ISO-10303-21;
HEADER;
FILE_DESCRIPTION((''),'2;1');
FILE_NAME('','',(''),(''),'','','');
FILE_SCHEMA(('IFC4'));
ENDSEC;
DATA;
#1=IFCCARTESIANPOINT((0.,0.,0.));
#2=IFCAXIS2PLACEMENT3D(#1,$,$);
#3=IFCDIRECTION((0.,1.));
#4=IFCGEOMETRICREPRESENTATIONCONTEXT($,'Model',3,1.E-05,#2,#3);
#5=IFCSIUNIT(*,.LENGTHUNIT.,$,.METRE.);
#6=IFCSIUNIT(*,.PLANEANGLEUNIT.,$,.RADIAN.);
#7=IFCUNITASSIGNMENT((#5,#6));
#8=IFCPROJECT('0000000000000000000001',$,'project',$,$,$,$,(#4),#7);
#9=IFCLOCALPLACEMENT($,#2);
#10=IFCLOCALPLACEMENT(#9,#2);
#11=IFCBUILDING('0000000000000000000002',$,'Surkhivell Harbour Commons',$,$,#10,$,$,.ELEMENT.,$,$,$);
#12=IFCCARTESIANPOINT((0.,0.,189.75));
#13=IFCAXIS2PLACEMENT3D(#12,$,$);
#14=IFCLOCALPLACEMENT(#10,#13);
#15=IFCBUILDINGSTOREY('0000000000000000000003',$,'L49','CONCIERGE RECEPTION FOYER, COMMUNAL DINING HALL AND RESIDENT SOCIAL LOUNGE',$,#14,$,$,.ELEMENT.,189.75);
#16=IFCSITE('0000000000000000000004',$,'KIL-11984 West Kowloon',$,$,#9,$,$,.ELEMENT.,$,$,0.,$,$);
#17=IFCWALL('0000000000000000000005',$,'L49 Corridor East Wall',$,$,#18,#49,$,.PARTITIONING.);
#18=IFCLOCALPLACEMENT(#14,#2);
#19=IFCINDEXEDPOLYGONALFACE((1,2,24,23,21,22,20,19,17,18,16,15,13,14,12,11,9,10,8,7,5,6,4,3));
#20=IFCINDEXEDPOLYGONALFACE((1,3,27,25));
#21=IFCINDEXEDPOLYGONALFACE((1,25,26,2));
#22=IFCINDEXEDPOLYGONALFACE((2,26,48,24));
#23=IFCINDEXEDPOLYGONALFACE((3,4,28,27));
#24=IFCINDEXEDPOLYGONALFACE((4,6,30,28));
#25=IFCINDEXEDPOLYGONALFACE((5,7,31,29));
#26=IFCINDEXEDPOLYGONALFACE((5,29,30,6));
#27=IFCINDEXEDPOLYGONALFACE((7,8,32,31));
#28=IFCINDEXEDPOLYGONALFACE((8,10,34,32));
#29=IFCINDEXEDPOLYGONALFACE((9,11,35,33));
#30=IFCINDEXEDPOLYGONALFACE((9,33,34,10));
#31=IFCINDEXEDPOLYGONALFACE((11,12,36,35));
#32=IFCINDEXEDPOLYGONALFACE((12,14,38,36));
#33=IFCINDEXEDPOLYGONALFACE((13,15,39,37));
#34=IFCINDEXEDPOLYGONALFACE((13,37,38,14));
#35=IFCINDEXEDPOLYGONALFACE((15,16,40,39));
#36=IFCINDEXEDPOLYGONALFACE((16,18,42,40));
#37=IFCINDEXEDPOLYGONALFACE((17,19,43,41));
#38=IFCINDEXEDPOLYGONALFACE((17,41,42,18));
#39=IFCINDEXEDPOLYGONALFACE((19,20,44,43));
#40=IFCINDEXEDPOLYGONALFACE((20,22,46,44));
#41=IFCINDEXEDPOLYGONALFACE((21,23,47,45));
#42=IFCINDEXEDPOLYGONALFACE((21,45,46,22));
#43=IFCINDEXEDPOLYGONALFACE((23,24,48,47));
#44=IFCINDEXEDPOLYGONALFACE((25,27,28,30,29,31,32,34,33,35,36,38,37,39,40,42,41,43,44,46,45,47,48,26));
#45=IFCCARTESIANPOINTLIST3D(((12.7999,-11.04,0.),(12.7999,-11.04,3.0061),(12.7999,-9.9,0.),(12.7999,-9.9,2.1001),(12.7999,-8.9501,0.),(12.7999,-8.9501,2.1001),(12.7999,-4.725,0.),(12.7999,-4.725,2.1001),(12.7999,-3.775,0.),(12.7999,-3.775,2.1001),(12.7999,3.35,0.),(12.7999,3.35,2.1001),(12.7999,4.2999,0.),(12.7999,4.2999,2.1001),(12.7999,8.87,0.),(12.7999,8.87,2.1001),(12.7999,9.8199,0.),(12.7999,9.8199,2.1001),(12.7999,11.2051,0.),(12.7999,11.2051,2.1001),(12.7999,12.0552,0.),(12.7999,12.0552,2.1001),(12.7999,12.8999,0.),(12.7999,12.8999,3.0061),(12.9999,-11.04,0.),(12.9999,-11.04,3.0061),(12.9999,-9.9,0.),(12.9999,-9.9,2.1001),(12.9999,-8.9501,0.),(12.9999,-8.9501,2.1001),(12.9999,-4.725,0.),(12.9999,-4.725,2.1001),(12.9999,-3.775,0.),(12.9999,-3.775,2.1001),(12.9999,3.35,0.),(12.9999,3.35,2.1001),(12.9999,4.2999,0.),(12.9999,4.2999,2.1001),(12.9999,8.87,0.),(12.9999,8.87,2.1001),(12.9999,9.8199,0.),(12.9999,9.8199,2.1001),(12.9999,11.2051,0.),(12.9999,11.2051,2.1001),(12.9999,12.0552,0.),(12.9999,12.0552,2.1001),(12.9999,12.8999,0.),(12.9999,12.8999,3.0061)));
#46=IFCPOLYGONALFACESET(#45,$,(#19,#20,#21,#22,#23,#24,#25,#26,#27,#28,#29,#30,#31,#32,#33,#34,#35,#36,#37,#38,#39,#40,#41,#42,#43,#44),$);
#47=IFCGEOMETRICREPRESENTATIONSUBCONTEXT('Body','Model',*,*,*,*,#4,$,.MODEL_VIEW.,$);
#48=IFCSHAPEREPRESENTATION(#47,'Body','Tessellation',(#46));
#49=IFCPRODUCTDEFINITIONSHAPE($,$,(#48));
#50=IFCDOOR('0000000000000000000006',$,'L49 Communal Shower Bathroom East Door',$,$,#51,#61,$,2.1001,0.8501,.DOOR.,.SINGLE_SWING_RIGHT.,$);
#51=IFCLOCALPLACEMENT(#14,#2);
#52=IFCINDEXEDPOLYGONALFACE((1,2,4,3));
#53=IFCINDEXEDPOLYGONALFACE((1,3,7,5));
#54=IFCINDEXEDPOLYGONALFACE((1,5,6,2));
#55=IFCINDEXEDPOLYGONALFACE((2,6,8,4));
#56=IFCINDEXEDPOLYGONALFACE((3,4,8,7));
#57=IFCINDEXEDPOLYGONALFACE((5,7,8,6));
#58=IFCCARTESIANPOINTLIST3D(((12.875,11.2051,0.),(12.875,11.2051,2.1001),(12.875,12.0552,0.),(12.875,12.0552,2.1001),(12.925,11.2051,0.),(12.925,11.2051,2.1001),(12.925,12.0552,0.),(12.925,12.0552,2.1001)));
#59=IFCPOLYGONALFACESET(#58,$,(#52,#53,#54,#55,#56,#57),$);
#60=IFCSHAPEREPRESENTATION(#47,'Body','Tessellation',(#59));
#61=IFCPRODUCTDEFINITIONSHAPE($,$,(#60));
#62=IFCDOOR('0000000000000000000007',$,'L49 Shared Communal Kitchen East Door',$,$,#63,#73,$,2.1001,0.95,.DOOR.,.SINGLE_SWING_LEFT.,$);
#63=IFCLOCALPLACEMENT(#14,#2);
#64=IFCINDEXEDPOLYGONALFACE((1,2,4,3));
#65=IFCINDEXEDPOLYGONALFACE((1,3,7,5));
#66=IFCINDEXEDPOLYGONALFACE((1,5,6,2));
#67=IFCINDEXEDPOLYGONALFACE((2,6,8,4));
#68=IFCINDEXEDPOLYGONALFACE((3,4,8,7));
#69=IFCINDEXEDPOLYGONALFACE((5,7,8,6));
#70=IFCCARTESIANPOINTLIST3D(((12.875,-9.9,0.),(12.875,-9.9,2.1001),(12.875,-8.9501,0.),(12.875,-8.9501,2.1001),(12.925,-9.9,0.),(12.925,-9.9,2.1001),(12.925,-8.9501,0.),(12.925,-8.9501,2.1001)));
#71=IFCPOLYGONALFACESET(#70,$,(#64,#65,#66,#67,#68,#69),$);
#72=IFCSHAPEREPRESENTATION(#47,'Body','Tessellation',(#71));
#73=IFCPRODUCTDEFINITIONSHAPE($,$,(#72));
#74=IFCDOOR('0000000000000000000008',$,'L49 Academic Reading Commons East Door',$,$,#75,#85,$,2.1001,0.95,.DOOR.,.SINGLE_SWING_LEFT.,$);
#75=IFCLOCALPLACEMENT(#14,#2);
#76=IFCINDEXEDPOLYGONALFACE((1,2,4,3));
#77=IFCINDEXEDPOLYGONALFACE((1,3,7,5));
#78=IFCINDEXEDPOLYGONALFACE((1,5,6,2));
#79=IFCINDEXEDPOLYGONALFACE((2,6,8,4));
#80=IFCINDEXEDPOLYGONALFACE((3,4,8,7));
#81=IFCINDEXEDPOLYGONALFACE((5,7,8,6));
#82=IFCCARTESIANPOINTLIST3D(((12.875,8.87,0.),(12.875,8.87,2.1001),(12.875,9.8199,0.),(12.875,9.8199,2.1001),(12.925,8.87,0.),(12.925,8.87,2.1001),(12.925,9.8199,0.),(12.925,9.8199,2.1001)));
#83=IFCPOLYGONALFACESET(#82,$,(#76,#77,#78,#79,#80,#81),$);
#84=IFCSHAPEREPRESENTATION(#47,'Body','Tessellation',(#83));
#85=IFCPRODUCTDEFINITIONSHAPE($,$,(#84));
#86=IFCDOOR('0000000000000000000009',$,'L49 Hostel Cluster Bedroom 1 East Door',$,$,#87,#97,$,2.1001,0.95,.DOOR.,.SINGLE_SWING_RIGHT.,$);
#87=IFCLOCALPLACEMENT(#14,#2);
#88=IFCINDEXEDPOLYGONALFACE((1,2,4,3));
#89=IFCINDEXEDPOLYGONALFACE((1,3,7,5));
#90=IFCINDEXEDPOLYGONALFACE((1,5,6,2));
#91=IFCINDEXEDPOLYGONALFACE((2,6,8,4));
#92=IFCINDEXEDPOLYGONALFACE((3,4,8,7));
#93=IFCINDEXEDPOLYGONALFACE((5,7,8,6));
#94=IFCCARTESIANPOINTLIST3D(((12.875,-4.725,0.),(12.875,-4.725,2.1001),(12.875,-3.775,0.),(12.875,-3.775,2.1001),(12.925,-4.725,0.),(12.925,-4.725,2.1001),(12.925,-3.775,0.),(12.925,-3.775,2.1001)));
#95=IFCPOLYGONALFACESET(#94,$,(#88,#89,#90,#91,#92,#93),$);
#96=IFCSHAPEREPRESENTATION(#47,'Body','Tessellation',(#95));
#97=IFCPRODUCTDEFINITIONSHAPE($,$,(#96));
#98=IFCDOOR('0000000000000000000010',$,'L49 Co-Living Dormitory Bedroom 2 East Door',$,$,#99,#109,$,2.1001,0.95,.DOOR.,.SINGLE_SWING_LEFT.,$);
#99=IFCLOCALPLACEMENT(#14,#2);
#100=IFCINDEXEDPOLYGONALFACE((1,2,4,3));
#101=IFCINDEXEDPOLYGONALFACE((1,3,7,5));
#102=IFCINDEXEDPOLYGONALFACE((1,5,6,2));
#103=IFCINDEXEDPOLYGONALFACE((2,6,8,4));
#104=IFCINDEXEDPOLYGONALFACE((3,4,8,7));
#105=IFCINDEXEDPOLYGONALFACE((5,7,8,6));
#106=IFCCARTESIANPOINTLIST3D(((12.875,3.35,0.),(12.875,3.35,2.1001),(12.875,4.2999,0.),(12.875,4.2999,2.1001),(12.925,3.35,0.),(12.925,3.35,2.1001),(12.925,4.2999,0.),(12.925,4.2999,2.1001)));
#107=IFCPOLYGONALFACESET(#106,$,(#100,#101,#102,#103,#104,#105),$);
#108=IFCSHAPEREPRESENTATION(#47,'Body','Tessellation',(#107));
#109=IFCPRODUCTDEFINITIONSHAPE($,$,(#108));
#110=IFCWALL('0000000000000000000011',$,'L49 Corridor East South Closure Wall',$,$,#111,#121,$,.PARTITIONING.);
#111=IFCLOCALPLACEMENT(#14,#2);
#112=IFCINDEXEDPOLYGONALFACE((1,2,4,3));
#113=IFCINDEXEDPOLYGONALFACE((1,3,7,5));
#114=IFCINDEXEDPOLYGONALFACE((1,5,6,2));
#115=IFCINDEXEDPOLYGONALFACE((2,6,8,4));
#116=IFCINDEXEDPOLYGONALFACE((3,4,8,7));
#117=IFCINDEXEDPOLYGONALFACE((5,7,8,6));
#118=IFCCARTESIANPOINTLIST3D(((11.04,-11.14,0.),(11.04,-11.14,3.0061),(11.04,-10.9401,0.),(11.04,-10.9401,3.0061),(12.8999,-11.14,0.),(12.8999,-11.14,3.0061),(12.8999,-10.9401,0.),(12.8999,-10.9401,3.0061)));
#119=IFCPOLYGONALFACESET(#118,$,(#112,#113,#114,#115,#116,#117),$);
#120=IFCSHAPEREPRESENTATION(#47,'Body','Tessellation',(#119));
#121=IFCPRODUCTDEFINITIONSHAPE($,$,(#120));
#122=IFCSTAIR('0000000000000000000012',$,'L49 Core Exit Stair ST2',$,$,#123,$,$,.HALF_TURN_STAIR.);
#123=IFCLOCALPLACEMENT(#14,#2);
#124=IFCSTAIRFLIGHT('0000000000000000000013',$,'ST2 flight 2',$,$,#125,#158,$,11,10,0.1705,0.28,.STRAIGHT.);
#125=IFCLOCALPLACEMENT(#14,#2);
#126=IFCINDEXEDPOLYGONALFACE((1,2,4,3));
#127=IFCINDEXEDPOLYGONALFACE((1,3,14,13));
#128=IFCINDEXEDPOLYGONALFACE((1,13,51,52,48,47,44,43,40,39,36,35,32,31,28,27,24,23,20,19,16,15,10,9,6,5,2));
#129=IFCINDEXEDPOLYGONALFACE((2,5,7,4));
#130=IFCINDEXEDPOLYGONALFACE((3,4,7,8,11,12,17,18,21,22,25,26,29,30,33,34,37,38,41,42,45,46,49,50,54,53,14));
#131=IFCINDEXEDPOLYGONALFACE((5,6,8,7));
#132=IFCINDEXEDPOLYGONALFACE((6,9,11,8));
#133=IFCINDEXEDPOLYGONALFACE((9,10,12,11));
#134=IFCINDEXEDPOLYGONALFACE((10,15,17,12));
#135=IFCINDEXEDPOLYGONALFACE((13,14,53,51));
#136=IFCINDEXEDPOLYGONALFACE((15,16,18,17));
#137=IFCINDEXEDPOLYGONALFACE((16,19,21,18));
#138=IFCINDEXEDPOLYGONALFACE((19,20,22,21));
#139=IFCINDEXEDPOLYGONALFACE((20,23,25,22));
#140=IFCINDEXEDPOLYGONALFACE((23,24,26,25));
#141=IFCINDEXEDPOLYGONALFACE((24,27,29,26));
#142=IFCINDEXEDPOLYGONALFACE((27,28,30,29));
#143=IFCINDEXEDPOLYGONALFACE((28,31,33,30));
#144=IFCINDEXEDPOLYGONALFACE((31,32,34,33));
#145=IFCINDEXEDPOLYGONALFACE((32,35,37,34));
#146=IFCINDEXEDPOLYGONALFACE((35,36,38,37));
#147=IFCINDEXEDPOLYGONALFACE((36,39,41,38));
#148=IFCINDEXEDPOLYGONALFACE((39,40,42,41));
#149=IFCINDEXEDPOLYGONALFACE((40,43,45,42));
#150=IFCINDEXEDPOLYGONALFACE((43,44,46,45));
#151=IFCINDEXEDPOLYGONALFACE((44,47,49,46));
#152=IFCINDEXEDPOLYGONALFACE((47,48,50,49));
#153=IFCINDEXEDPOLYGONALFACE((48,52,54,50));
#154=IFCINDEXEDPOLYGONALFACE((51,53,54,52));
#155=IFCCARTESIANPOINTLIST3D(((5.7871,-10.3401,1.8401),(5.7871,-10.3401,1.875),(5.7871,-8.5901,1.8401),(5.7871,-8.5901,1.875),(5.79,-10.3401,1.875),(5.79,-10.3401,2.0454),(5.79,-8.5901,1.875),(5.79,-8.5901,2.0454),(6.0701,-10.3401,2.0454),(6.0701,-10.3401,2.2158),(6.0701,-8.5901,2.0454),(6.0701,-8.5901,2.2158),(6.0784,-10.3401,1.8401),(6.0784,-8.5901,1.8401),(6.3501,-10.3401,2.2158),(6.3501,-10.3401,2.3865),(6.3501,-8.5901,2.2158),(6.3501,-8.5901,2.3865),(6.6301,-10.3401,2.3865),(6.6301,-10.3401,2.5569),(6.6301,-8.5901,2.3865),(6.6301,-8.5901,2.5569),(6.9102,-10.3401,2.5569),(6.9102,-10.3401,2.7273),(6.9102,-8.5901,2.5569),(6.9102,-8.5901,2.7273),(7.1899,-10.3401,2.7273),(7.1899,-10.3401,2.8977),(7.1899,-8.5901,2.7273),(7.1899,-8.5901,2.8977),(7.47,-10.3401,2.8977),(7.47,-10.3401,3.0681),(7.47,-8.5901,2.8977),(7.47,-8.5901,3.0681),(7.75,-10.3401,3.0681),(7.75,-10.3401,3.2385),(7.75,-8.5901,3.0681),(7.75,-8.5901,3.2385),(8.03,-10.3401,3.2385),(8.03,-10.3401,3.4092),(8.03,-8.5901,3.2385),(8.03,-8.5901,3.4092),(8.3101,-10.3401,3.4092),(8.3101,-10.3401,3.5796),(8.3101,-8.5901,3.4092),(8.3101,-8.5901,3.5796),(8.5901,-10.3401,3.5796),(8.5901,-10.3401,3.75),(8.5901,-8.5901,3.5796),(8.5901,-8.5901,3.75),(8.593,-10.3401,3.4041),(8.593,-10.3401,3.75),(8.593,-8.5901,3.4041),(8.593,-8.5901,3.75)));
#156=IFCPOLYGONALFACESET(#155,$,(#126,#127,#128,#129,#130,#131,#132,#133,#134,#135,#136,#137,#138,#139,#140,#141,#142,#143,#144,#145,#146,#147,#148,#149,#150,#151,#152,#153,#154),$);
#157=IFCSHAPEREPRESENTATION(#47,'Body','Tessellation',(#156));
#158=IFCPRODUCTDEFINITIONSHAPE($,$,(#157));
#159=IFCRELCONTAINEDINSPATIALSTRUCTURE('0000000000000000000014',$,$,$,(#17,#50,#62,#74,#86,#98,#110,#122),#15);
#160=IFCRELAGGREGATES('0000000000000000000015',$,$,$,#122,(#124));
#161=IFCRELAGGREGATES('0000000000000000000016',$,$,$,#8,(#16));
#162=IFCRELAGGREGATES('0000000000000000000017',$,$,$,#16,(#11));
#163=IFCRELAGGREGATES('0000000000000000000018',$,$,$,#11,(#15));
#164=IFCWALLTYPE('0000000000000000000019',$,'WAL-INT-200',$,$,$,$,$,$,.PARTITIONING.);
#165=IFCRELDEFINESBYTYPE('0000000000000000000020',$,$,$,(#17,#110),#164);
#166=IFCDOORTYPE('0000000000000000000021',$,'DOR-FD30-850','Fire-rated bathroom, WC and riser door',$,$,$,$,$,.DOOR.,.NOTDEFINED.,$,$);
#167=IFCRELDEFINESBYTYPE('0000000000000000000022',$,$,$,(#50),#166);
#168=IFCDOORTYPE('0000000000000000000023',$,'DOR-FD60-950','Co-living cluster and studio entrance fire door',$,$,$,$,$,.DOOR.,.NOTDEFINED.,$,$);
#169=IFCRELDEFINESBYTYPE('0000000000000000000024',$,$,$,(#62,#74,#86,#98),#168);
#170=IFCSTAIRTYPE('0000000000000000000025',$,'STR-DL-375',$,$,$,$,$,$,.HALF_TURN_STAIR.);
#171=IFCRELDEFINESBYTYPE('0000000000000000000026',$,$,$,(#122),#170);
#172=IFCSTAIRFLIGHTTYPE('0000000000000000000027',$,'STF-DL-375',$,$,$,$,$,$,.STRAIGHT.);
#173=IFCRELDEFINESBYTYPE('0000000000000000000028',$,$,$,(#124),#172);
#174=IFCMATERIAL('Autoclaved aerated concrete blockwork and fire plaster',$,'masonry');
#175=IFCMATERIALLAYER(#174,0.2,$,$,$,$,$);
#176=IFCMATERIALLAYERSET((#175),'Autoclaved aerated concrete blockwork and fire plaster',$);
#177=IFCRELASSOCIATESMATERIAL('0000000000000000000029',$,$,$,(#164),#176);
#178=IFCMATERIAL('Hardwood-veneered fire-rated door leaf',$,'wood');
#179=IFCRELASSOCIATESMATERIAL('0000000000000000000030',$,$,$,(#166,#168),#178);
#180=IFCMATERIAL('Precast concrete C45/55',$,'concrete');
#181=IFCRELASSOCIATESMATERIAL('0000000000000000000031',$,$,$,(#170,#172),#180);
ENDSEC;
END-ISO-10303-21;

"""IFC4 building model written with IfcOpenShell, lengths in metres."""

from ifc_helpers import new_model, si_unit, direction, frame, frame_2d, origin, place, context, subcontext, project, spatial, polyline, rectangle, outline, extrude, material, layer, layer_set, type_object, element, fill, aggregate, save


model = new_model("IFC4")

# Units and contexts
model_context = context("Model", 3, precision=1e-05, world=origin(), true_north=direction((0.0, 1.0)))
body_context = subcontext(model_context, "Body", "Model", "MODEL_VIEW")
ifc_project = project(units=[si_unit("LENGTHUNIT", "METRE"), si_unit("PLANEANGLEUNIT", "RADIAN")], contexts=[model_context])

# Site, building, storey
site_placement = place(None, origin())
site = spatial("IfcSite", under=ifc_project, at=site_placement, Name="KIL-11984 West Kowloon", CompositionType="ELEMENT", RefElevation=0.0)
building_placement = place(site_placement, origin())
building = spatial("IfcBuilding", under=site, at=building_placement, Name="Surkhivell Harbour Commons", CompositionType="ELEMENT")
storey_placement = place(building_placement, frame((0.0, 0.0, 189.75)))
storey = spatial("IfcBuildingStorey", under=building, at=storey_placement, Name="L49", Description="CONCIERGE RECEPTION FOYER, COMMUNAL DINING HALL AND RESIDENT SOCIAL LOUNGE", CompositionType="ELEMENT", Elevation=189.75)

# Wall, openings, doors
ifc_material_1 = material(Name="Autoclaved aerated concrete blockwork and fire plaster", Category="masonry")
ifc_layer_1 = layer(ifc_material_1, 0.2)
ifc_layer_set_1 = layer_set([ifc_layer_1], Name="Autoclaved aerated concrete blockwork and fire plaster")
wall_type_1 = type_object("IfcWallType", Name="WAL-INT-200", PredefinedType="PARTITIONING", material=ifc_layer_set_1)
wall_1_placement = place(storey_placement, frame((12.8999, -11.04, 0.0), z_axis=(0.0, 0.0, 1.0), x_axis=(0.0, 1.0, 0.0)))
wall_1 = element("IfcWall", 1, at=wall_1_placement, inside=storey, type_object=wall_type_1, Name="L49 Corridor East Wall", PredefinedType="PARTITIONING", context=body_context, shape_type="SweptSolid", body=[
    extrude(rectangle(XDim=23.9399, YDim=0.2, at=frame_2d((11.97, 0.0))), origin(), (0.0, 0.0, 1.0), 3.0061),
])
opening_1_placement = place(wall_1_placement, frame((1.1399, 0.0, 0.0)))
opening_1 = element("IfcOpeningElement", 2, at=opening_1_placement, cuts=wall_1, PredefinedType="OPENING", context=body_context, shape_type="SweptSolid", body=[
    extrude(rectangle(XDim=0.95, YDim=2.1001, at=frame_2d((0.4751, 1.05))), frame((0.0, 0.1099, 0.0), z_axis=(0.0, -1.0, 0.0), x_axis=(1.0, 0.0, 0.0)), (0.0, 0.0, 1.0), 0.22),
])
opening_2_placement = place(wall_1_placement, frame((22.2451, 0.0, 0.0)))
opening_2 = element("IfcOpeningElement", 3, at=opening_2_placement, cuts=wall_1, PredefinedType="OPENING", context=body_context, shape_type="SweptSolid", body=[
    extrude(rectangle(XDim=0.8501, YDim=2.1001, at=frame_2d((0.425, 1.05))), frame((0.0, 0.1099, 0.0), z_axis=(0.0, -1.0, 0.0), x_axis=(1.0, 0.0, 0.0)), (0.0, 0.0, 1.0), 0.22),
])
opening_3_placement = place(wall_1_placement, frame((19.9099, 0.0, 0.0)))
opening_3 = element("IfcOpeningElement", 4, at=opening_3_placement, cuts=wall_1, PredefinedType="OPENING", context=body_context, shape_type="SweptSolid", body=[
    extrude(rectangle(XDim=0.95, YDim=2.1001, at=frame_2d((0.4751, 1.05))), frame((0.0, 0.1099, 0.0), z_axis=(0.0, -1.0, 0.0), x_axis=(1.0, 0.0, 0.0)), (0.0, 0.0, 1.0), 0.22),
])
opening_4_placement = place(wall_1_placement, frame((6.3149, 0.0, 0.0)))
opening_4 = element("IfcOpeningElement", 5, at=opening_4_placement, cuts=wall_1, PredefinedType="OPENING", context=body_context, shape_type="SweptSolid", body=[
    extrude(rectangle(XDim=0.95, YDim=2.1001, at=frame_2d((0.4751, 1.05))), frame((0.0, 0.1099, 0.0), z_axis=(0.0, -1.0, 0.0), x_axis=(1.0, 0.0, 0.0)), (0.0, 0.0, 1.0), 0.22),
])
opening_5_placement = place(wall_1_placement, frame((14.3899, 0.0, 0.0)))
opening_5 = element("IfcOpeningElement", 6, at=opening_5_placement, cuts=wall_1, PredefinedType="OPENING", context=body_context, shape_type="SweptSolid", body=[
    extrude(rectangle(XDim=0.95, YDim=2.1001, at=frame_2d((0.4751, 1.05))), frame((0.0, 0.1099, 0.0), z_axis=(0.0, -1.0, 0.0), x_axis=(1.0, 0.0, 0.0)), (0.0, 0.0, 1.0), 0.22),
])
ifc_material_2 = material(Name="Hardwood-veneered fire-rated door leaf", Category="wood")
door_type_1 = type_object("IfcDoorType", Name="DOR-FD30-850", Description="Fire-rated bathroom, WC and riser door", OperationType="NOTDEFINED", PredefinedType="DOOR", material=ifc_material_2)
door_1_placement = place(opening_2_placement, origin())
door_1 = element("IfcDoor", 7, at=door_1_placement, inside=storey, type_object=door_type_1, Name="L49 Communal Shower Bathroom East Door", OperationType="SINGLE_SWING_RIGHT", OverallHeight=2.1001, OverallWidth=0.8501, PredefinedType="DOOR", context=body_context, shape_type="SweptSolid", body=[
    extrude(rectangle(XDim=0.8501, YDim=2.1001, at=frame_2d((0.425, 1.05))), frame((0.0, 0.0249, 0.0), z_axis=(0.0, -1.0, 0.0), x_axis=(1.0, 0.0, 0.0)), (0.0, 0.0, 1.0), 0.05),
])
fill(opening_2, door_1)
door_type_2 = type_object("IfcDoorType", Name="DOR-FD60-950", Description="Co-living cluster and studio entrance fire door", OperationType="NOTDEFINED", PredefinedType="DOOR", material=ifc_material_2)
door_2_placement = place(opening_1_placement, origin())
door_2 = element("IfcDoor", 8, at=door_2_placement, inside=storey, type_object=door_type_2, Name="L49 Shared Communal Kitchen East Door", OperationType="SINGLE_SWING_LEFT", OverallHeight=2.1001, OverallWidth=0.95, PredefinedType="DOOR", context=body_context, shape_type="SweptSolid", body=[
    extrude(rectangle(XDim=0.95, YDim=2.1001, at=frame_2d((0.4751, 1.05))), frame((0.0, 0.0249, 0.0), z_axis=(0.0, -1.0, 0.0), x_axis=(1.0, 0.0, 0.0)), (0.0, 0.0, 1.0), 0.05),
])
fill(opening_1, door_2)
door_3_placement = place(opening_3_placement, origin())
door_3 = element("IfcDoor", 9, at=door_3_placement, inside=storey, type_object=door_type_2, Name="L49 Academic Reading Commons East Door", OperationType="SINGLE_SWING_LEFT", OverallHeight=2.1001, OverallWidth=0.95, PredefinedType="DOOR", context=body_context, shape_type="SweptSolid", body=[
    extrude(rectangle(XDim=0.95, YDim=2.1001, at=frame_2d((0.4751, 1.05))), frame((0.0, 0.0249, 0.0), z_axis=(0.0, -1.0, 0.0), x_axis=(1.0, 0.0, 0.0)), (0.0, 0.0, 1.0), 0.05),
])
fill(opening_3, door_3)
door_4_placement = place(opening_4_placement, origin())
door_4 = element("IfcDoor", 10, at=door_4_placement, inside=storey, type_object=door_type_2, Name="L49 Hostel Cluster Bedroom 1 East Door", OperationType="SINGLE_SWING_RIGHT", OverallHeight=2.1001, OverallWidth=0.95, PredefinedType="DOOR", context=body_context, shape_type="SweptSolid", body=[
    extrude(rectangle(XDim=0.95, YDim=2.1001, at=frame_2d((0.4751, 1.05))), frame((0.0, 0.0249, 0.0), z_axis=(0.0, -1.0, 0.0), x_axis=(1.0, 0.0, 0.0)), (0.0, 0.0, 1.0), 0.05),
])
fill(opening_4, door_4)
door_5_placement = place(opening_5_placement, origin())
door_5 = element("IfcDoor", 11, at=door_5_placement, inside=storey, type_object=door_type_2, Name="L49 Co-Living Dormitory Bedroom 2 East Door", OperationType="SINGLE_SWING_LEFT", OverallHeight=2.1001, OverallWidth=0.95, PredefinedType="DOOR", context=body_context, shape_type="SweptSolid", body=[
    extrude(rectangle(XDim=0.95, YDim=2.1001, at=frame_2d((0.4751, 1.05))), frame((0.0, 0.0249, 0.0), z_axis=(0.0, -1.0, 0.0), x_axis=(1.0, 0.0, 0.0)), (0.0, 0.0, 1.0), 0.05),
])
fill(opening_5, door_5)

# Wall
wall_2_placement = place(storey_placement, frame((11.04, -11.04, 0.0), z_axis=(0.0, 0.0, 1.0), x_axis=(1.0, 0.0, 0.0)))
element("IfcWall", 12, at=wall_2_placement, inside=storey, type_object=wall_type_1, Name="L49 Corridor East South Closure Wall", PredefinedType="PARTITIONING", context=body_context, shape_type="SweptSolid", body=[
    extrude(rectangle(XDim=1.8599, YDim=0.2, at=frame_2d((0.9299, 0.0))), origin(), (0.0, 0.0, 1.0), 3.0061),
])

# Stair, stair flight
ifc_material_3 = material(Name="Precast concrete C45/55", Category="concrete")
stair_type = type_object("IfcStairType", Name="STR-DL-375", PredefinedType="HALF_TURN_STAIR", material=ifc_material_3)
stair_placement = place(storey_placement, origin())
stair = element("IfcStair", 13, at=stair_placement, inside=storey, type_object=stair_type, Name="L49 Core Exit Stair ST2", PredefinedType="HALF_TURN_STAIR")
stair_flight_type = type_object("IfcStairFlightType", Name="STF-DL-375", PredefinedType="STRAIGHT", material=ifc_material_3)
stair_flight_placement = place(storey_placement, frame((5.79, -9.4651, 1.875), z_axis=(0.0, 0.0, 1.0), x_axis=(1.0, 0.0, 0.0)))
stair_flight = element("IfcStairFlight", 14, at=stair_flight_placement, type_object=stair_flight_type, Name="ST2 flight 2", NumberOfRisers=11, NumberOfTreads=10, PredefinedType="STRAIGHT", RiserHeight=0.1705, TreadLength=0.28, context=body_context, shape_type="SweptSolid", body=[
    extrude(outline(polyline([(-0.0029, -0.0349), (-0.0029, 0.0), (0.0, 0.0), (0.0, 0.1704), (0.28, 0.1704), (0.28, 0.3408), (0.5601, 0.3408), (0.5601, 0.5115), (0.8401, 0.5115), (0.8401, 0.6819), (1.1201, 0.6819), (1.1201, 0.8523), (1.3999, 0.8523), (1.3999, 1.0227), (1.6799, 1.0227), (1.6799, 1.1931), (1.96, 1.1931), (1.96, 1.3635), (2.24, 1.3635), (2.24, 1.5342), (2.52, 1.5342), (2.52, 1.7046), (2.8, 1.7046), (2.8, 1.875), (2.803, 1.875), (2.803, 1.5291), (0.2883, -0.0349), (-0.0029, -0.0349)])), frame((0.0, 0.875, 0.0), z_axis=(0.0, -1.0, 0.0), x_axis=(1.0, 0.0, 0.0)), (0.0, 0.0, 1.0), 1.75),
])
aggregate(stair, [stair_flight])

save(model, "model.ifc")
